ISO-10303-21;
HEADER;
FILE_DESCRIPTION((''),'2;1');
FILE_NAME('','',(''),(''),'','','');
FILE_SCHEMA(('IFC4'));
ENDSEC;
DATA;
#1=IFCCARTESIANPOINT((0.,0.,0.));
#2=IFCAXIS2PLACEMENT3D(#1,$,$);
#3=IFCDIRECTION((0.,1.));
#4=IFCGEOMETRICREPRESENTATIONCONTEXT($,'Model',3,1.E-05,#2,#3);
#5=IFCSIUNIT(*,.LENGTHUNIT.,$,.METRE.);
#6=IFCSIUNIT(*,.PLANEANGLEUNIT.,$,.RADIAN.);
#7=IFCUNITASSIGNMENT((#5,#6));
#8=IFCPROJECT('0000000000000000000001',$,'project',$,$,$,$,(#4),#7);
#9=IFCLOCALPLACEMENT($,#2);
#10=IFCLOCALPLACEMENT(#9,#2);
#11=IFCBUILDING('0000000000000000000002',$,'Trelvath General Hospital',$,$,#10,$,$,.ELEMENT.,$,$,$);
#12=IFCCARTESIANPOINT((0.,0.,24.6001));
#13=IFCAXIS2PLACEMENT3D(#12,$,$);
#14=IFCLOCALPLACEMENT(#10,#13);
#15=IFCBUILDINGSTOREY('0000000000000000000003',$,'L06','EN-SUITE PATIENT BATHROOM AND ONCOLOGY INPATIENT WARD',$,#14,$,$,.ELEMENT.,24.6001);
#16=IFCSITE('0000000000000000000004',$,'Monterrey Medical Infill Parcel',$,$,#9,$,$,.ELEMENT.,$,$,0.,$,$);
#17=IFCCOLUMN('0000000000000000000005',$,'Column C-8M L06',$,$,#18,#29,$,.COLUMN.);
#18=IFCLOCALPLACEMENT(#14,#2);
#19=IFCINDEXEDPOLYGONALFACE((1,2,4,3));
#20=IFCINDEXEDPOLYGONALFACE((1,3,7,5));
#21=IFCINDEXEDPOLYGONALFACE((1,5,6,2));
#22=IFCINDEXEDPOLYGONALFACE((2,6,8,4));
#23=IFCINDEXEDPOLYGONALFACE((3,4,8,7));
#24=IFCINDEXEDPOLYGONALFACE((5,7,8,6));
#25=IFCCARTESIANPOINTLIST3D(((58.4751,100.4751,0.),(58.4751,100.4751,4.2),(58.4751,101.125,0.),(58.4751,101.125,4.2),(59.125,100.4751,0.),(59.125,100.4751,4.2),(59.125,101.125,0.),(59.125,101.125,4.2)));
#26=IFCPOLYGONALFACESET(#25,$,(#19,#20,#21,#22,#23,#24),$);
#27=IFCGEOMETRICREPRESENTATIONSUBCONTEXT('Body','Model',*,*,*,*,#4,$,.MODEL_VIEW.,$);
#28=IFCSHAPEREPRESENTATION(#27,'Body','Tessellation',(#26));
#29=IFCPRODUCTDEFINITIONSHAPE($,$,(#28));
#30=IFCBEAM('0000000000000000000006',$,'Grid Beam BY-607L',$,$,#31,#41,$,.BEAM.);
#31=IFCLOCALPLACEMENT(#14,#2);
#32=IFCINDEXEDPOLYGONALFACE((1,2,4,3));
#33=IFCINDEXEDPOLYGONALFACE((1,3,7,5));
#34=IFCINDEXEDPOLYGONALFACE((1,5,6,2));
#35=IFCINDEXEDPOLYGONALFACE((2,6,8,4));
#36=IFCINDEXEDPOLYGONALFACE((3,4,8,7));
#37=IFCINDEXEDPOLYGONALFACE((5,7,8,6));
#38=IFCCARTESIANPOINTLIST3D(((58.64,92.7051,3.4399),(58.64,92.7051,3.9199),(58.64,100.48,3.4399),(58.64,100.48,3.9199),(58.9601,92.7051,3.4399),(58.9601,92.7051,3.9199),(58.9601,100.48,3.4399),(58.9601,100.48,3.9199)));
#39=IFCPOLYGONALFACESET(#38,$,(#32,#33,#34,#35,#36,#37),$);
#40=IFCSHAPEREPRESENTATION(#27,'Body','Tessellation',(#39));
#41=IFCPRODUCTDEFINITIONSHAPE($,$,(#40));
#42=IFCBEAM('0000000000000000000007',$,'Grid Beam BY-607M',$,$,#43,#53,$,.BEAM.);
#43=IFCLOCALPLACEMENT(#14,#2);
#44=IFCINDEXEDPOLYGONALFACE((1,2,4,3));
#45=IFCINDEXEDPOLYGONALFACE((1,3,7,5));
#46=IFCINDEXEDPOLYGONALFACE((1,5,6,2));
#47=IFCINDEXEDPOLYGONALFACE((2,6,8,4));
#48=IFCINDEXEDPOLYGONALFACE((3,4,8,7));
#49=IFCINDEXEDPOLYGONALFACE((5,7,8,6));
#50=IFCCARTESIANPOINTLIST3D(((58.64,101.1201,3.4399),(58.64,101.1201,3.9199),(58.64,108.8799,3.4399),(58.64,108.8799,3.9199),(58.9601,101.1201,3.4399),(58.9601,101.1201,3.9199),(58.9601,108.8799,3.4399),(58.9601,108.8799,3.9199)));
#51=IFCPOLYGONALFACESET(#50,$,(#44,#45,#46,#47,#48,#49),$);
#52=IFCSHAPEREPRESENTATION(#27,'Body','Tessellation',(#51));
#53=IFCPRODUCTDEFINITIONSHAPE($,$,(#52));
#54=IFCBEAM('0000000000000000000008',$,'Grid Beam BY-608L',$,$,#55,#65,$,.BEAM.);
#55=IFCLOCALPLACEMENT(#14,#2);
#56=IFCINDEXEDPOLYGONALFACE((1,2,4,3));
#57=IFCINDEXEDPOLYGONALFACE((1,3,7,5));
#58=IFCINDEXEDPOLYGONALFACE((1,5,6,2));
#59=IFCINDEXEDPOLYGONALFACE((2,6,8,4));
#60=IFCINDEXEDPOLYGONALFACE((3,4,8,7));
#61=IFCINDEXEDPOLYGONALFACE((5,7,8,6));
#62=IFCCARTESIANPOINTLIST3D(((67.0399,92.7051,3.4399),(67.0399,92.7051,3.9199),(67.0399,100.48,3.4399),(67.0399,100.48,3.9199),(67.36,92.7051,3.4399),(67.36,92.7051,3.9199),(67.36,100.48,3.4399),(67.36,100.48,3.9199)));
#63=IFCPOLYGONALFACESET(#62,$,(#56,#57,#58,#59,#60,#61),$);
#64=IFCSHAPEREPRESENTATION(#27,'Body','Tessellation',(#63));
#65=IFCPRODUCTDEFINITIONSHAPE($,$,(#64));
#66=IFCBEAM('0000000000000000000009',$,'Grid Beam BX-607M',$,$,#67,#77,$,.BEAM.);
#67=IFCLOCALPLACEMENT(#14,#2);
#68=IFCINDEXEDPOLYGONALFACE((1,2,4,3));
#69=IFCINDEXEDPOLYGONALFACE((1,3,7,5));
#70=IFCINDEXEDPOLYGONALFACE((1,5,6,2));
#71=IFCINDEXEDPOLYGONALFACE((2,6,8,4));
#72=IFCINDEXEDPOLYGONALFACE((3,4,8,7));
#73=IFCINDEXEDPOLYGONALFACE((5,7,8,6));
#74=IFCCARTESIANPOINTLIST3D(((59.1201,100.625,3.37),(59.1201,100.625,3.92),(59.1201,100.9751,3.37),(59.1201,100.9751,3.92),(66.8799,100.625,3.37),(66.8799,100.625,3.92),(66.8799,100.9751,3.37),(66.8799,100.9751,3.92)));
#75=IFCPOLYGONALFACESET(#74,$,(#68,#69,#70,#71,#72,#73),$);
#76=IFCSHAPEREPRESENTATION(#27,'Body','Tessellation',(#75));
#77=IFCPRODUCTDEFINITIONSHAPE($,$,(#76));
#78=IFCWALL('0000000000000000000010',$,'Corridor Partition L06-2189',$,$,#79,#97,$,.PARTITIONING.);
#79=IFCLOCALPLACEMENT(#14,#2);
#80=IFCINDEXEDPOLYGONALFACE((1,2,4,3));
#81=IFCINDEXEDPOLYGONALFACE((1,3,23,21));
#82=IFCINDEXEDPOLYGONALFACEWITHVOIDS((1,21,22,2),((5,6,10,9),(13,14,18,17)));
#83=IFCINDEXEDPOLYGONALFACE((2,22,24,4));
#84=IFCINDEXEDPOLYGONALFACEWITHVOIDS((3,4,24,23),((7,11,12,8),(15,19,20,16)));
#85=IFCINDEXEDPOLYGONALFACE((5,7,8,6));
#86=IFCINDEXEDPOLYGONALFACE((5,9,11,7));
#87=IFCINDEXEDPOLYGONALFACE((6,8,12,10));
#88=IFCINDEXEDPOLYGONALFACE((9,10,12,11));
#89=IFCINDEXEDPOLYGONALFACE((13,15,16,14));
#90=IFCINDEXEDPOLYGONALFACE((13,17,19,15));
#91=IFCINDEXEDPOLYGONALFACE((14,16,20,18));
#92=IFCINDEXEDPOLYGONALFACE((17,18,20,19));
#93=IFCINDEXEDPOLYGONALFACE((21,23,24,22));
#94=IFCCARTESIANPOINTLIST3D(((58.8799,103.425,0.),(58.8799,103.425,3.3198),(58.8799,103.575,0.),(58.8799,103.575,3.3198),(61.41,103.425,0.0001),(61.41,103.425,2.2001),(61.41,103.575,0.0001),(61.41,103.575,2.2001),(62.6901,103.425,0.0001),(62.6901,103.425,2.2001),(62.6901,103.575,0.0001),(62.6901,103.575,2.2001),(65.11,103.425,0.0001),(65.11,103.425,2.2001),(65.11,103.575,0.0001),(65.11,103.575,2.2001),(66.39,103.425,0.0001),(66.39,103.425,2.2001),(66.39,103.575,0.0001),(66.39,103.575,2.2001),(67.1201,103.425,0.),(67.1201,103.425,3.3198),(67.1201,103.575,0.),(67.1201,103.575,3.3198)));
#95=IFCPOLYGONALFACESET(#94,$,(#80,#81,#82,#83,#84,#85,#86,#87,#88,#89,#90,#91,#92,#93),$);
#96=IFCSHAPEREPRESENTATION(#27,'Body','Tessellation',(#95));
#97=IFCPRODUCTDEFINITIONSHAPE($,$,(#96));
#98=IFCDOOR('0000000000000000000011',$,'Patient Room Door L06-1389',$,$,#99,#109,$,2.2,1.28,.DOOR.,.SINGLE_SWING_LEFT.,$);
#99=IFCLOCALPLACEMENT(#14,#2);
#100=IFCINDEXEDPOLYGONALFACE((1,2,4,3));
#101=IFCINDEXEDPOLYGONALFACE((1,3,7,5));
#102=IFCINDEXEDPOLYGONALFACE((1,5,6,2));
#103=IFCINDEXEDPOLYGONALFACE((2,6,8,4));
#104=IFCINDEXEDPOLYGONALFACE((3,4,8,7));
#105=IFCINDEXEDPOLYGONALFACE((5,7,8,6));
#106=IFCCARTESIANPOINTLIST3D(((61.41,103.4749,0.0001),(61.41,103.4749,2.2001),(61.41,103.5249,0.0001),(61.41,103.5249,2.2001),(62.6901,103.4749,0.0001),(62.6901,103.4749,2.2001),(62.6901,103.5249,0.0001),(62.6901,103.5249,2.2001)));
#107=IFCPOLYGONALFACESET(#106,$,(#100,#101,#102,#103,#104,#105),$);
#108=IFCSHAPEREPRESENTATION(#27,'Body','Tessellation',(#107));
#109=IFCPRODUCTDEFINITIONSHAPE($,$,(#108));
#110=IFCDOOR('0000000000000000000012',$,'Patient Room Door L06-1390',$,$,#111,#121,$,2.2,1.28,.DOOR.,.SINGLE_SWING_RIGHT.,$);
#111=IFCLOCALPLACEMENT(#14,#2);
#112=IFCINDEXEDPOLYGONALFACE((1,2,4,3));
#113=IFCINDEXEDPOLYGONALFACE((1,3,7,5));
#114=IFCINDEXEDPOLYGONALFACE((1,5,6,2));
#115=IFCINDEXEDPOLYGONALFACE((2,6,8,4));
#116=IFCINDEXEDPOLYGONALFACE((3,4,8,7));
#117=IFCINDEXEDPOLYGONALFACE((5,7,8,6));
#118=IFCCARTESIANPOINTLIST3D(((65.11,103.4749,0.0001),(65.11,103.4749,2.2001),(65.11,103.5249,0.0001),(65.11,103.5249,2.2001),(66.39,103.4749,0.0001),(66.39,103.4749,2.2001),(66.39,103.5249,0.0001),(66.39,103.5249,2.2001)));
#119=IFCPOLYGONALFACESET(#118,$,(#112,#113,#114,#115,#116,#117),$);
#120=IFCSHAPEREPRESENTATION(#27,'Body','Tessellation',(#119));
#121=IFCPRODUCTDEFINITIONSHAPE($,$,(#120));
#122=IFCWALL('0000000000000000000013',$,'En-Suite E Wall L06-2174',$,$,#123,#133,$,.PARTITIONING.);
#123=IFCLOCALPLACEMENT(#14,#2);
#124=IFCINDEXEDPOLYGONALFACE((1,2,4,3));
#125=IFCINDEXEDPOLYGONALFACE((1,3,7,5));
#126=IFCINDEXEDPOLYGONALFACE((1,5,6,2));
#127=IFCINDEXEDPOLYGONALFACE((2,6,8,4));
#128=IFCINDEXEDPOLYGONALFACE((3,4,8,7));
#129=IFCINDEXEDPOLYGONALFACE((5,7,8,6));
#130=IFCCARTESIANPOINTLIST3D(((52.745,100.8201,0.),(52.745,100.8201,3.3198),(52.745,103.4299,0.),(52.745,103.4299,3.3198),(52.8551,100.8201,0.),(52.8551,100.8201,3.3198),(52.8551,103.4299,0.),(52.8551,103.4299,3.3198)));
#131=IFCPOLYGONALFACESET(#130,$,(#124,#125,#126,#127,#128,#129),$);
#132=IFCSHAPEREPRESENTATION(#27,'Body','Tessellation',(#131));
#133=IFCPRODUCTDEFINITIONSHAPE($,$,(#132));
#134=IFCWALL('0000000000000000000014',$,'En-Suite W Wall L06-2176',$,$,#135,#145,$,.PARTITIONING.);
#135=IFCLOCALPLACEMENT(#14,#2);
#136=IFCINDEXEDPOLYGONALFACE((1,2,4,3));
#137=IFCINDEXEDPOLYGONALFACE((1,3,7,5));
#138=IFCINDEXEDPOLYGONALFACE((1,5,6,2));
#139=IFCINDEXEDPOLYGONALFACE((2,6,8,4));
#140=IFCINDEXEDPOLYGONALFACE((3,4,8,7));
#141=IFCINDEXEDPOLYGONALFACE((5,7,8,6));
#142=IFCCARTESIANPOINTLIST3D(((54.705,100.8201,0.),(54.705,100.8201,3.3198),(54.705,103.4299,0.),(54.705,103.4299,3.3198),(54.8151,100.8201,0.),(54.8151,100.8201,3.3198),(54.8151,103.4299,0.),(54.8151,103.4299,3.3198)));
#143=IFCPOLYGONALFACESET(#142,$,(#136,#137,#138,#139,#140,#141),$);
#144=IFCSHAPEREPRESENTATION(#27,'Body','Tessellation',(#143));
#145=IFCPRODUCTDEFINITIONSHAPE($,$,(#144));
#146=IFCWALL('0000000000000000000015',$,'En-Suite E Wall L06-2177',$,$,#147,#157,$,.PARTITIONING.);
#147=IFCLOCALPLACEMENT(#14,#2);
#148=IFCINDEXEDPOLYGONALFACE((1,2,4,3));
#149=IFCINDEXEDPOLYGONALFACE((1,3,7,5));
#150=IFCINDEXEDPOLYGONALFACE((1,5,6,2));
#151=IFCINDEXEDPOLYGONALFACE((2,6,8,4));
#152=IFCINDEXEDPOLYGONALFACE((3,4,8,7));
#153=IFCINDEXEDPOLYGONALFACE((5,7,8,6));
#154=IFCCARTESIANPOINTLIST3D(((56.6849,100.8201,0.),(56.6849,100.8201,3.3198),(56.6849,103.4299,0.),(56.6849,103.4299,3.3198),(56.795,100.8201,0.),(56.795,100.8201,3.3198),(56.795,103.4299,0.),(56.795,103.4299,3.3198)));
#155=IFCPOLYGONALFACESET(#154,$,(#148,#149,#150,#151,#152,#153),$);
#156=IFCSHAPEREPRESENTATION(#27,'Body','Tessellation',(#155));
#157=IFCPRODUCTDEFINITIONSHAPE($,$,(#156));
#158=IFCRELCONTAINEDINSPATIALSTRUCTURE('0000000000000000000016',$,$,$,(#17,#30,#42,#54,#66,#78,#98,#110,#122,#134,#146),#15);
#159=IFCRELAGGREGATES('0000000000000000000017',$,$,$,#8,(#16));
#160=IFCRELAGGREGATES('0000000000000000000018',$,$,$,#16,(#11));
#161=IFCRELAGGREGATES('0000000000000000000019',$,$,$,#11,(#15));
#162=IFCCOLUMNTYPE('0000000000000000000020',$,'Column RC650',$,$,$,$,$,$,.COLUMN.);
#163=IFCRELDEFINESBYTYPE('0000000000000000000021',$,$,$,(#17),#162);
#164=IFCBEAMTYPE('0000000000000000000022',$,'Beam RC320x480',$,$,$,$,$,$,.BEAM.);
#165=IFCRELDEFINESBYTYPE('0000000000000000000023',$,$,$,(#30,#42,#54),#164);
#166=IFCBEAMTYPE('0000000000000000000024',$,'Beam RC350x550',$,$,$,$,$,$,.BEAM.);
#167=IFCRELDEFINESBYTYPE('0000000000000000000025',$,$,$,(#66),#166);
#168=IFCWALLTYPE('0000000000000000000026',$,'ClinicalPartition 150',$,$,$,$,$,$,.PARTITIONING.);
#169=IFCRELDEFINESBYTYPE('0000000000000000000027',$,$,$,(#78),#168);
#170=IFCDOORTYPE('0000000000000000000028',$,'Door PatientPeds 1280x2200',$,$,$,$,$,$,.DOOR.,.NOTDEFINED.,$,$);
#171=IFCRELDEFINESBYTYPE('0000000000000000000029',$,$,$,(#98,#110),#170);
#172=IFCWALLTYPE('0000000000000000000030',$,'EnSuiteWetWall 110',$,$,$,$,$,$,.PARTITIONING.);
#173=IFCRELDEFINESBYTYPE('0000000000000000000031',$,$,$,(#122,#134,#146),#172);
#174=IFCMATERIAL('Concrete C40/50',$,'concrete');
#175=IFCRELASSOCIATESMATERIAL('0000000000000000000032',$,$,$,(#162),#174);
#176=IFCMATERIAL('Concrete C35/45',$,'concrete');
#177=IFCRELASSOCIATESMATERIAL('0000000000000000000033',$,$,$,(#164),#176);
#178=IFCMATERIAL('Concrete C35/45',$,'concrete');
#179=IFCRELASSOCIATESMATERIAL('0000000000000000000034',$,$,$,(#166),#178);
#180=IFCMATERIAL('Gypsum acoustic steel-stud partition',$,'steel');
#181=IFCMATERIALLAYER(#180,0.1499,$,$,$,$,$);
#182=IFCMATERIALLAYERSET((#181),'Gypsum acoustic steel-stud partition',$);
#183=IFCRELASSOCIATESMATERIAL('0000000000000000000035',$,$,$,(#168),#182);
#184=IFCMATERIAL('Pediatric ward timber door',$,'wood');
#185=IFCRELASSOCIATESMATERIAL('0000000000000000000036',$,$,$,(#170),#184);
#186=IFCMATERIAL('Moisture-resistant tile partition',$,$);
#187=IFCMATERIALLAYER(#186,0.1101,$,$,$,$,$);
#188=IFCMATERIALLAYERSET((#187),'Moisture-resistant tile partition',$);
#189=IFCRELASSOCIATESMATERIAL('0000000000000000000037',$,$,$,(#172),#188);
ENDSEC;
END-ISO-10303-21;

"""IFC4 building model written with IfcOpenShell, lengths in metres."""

from ifc_helpers import new_model, si_unit, direction, frame, frame_2d, origin, origin_2d, place, context, subcontext, project, spatial, rectangle, extrude, material, layer, layer_set, material_profile, profile_set, type_object, element, fill, save


model = new_model("IFC4")

# Units and contexts
model_context = context("Model", 3, precision=1e-05, world=origin(), true_north=direction((0.0, 1.0)))
body_context = subcontext(model_context, "Body", "Model", "MODEL_VIEW")
ifc_project = project(units=[si_unit("LENGTHUNIT", "METRE"), si_unit("PLANEANGLEUNIT", "RADIAN")], contexts=[model_context])

# Site, building, storey
site_placement = place(None, origin())
site = spatial("IfcSite", under=ifc_project, at=site_placement, Name="Monterrey Medical Infill Parcel", CompositionType="ELEMENT", RefElevation=0.0)
building_placement = place(site_placement, origin())
building = spatial("IfcBuilding", under=site, at=building_placement, Name="Trelvath General Hospital", CompositionType="ELEMENT")
storey_placement = place(building_placement, frame((0.0, 0.0, 24.6001)))
storey = spatial("IfcBuildingStorey", under=building, at=storey_placement, Name="L06", Description="EN-SUITE PATIENT BATHROOM AND ONCOLOGY INPATIENT WARD", CompositionType="ELEMENT", Elevation=24.6001)

# Column
ifc_material_1 = material(Name="Concrete C40/50", Category="concrete")
ifc_material_profile_1 = material_profile(ifc_material_1, rectangle(XDim=0.6499, YDim=0.6499, at=origin_2d()), Name="RC650x650")
ifc_profile_set_1 = profile_set([ifc_material_profile_1], Name="Concrete C40/50")
column_type = type_object("IfcColumnType", Name="Column RC650", PredefinedType="COLUMN", material=ifc_profile_set_1)
column_placement = place(storey_placement, frame((58.8, 100.8, 0.0), z_axis=(0.0, 0.0, 1.0), x_axis=(1.0, 0.0, 0.0)))
element("IfcColumn", 1, at=column_placement, inside=storey, type_object=column_type, Name="Column C-8M L06", PredefinedType="COLUMN", context=body_context, shape_type="SweptSolid", body=[
    extrude(rectangle(XDim=0.6499, YDim=0.6499, at=origin_2d()), origin(), (0.0, 0.0, 1.0), 4.2),
])

# Beams
ifc_material_2 = material(Name="Concrete C35/45", Category="concrete")
ifc_material_profile_2 = material_profile(ifc_material_2, rectangle(XDim=0.3201, YDim=0.48, at=origin_2d()), Name="RCB320x480")
ifc_profile_set_2 = profile_set([ifc_material_profile_2], Name="Concrete C35/45")
beam_type_1 = type_object("IfcBeamType", Name="Beam RC320x480", PredefinedType="BEAM", material=ifc_profile_set_2)
beam_1_placement = place(storey_placement, frame((58.8, 92.7051, 3.6799), z_axis=(0.0, 1.0, 0.0), x_axis=(-1.0, 0.0, 0.0)))
element("IfcBeam", 2, at=beam_1_placement, inside=storey, type_object=beam_type_1, Name="Grid Beam BY-607L", PredefinedType="BEAM", context=body_context, shape_type="SweptSolid", body=[
    extrude(rectangle(XDim=0.3201, YDim=0.48, at=origin_2d()), origin(), (0.0, 0.0, 1.0), 7.7749),
])
beam_2_placement = place(storey_placement, frame((58.8, 101.1201, 3.6799), z_axis=(0.0, 1.0, 0.0), x_axis=(-1.0, 0.0, 0.0)))
element("IfcBeam", 3, at=beam_2_placement, inside=storey, type_object=beam_type_1, Name="Grid Beam BY-607M", PredefinedType="BEAM", context=body_context, shape_type="SweptSolid", body=[
    extrude(rectangle(XDim=0.3201, YDim=0.48, at=origin_2d()), origin(), (0.0, 0.0, 1.0), 7.7598),
])
beam_3_placement = place(storey_placement, frame((67.2, 92.7051, 3.6799), z_axis=(0.0, 1.0, 0.0), x_axis=(-1.0, 0.0, 0.0)))
element("IfcBeam", 4, at=beam_3_placement, inside=storey, type_object=beam_type_1, Name="Grid Beam BY-608L", PredefinedType="BEAM", context=body_context, shape_type="SweptSolid", body=[
    extrude(rectangle(XDim=0.3201, YDim=0.48, at=origin_2d()), origin(), (0.0, 0.0, 1.0), 7.7749),
])
ifc_material_3 = material(Name="Concrete C35/45", Category="concrete")
ifc_material_profile_3 = material_profile(ifc_material_3, rectangle(XDim=0.3501, YDim=0.55, at=origin_2d()), Name="RCB350x550")
ifc_profile_set_3 = profile_set([ifc_material_profile_3], Name="Concrete C35/45")
beam_type_2 = type_object("IfcBeamType", Name="Beam RC350x550", PredefinedType="BEAM", material=ifc_profile_set_3)
beam_4_placement = place(storey_placement, frame((59.1201, 100.8, 3.645), z_axis=(1.0, 0.0, 0.0), x_axis=(0.0, 1.0, 0.0)))
element("IfcBeam", 5, at=beam_4_placement, inside=storey, type_object=beam_type_2, Name="Grid Beam BX-607M", PredefinedType="BEAM", context=body_context, shape_type="SweptSolid", body=[
    extrude(rectangle(XDim=0.3501, YDim=0.55, at=origin_2d()), origin(), (0.0, 0.0, 1.0), 7.7598),
])

# Wall, openings, doors
ifc_material_4 = material(Name="Gypsum acoustic steel-stud partition", Category="steel")
ifc_layer_1 = layer(ifc_material_4, 0.1499)
ifc_layer_set_1 = layer_set([ifc_layer_1], Name="Gypsum acoustic steel-stud partition")
wall_type_1 = type_object("IfcWallType", Name="ClinicalPartition 150", PredefinedType="PARTITIONING", material=ifc_layer_set_1)
wall_1_placement = place(storey_placement, frame((58.8799, 103.5, 0.0), z_axis=(0.0, 0.0, 1.0), x_axis=(1.0, 0.0, 0.0)))
wall_1 = element("IfcWall", 6, at=wall_1_placement, inside=storey, type_object=wall_type_1, Name="Corridor Partition L06-2189", PredefinedType="PARTITIONING", context=body_context, shape_type="SweptSolid", body=[
    extrude(rectangle(XDim=8.2402, YDim=0.1499, at=frame_2d((4.1201, 0.0))), origin(), (0.0, 0.0, 1.0), 3.3198),
])
opening_1_placement = place(wall_1_placement, frame((2.53, 0.0, 0.0)))
opening_1 = element("IfcOpeningElement", 7, at=opening_1_placement, cuts=wall_1, PredefinedType="OPENING", context=body_context, shape_type="SweptSolid", body=[
    extrude(rectangle(XDim=1.28, YDim=2.2, at=frame_2d((0.6401, 1.1001))), frame((0.0, 0.085, 0.0), z_axis=(0.0, -1.0, 0.0), x_axis=(1.0, 0.0, 0.0)), (0.0, 0.0, 1.0), 0.1699),
])
opening_2_placement = place(wall_1_placement, frame((6.23, 0.0, 0.0)))
opening_2 = element("IfcOpeningElement", 8, at=opening_2_placement, cuts=wall_1, PredefinedType="OPENING", context=body_context, shape_type="SweptSolid", body=[
    extrude(rectangle(XDim=1.28, YDim=2.2, at=frame_2d((0.6401, 1.1001))), frame((0.0, 0.085, 0.0), z_axis=(0.0, -1.0, 0.0), x_axis=(1.0, 0.0, 0.0)), (0.0, 0.0, 1.0), 0.1699),
])
ifc_material_5 = material(Name="Pediatric ward timber door", Category="wood")
door_type_1 = type_object("IfcDoorType", Name="Door PatientPeds 1280x2200", OperationType="NOTDEFINED", PredefinedType="DOOR", material=ifc_material_5)
door_1_placement = place(opening_1_placement, origin())
door_1 = element("IfcDoor", 9, at=door_1_placement, inside=storey, type_object=door_type_1, Name="Patient Room Door L06-1389", OperationType="SINGLE_SWING_LEFT", OverallHeight=2.2, OverallWidth=1.28, PredefinedType="DOOR", context=body_context, shape_type="SweptSolid", body=[
    extrude(rectangle(XDim=1.28, YDim=2.2, at=frame_2d((0.6401, 1.1001))), frame((0.0, 0.0249, 0.0), z_axis=(0.0, -1.0, 0.0), x_axis=(1.0, 0.0, 0.0)), (0.0, 0.0, 1.0), 0.05),
])
fill(opening_1, door_1)
door_2_placement = place(opening_2_placement, origin())
door_2 = element("IfcDoor", 10, at=door_2_placement, inside=storey, type_object=door_type_1, Name="Patient Room Door L06-1390", OperationType="SINGLE_SWING_RIGHT", OverallHeight=2.2, OverallWidth=1.28, PredefinedType="DOOR", context=body_context, shape_type="SweptSolid", body=[
    extrude(rectangle(XDim=1.28, YDim=2.2, at=frame_2d((0.6401, 1.1001))), frame((0.0, 0.0249, 0.0), z_axis=(0.0, -1.0, 0.0), x_axis=(1.0, 0.0, 0.0)), (0.0, 0.0, 1.0), 0.05),
])
fill(opening_2, door_2)

# Walls
ifc_material_6 = material(Name="Moisture-resistant tile partition")
ifc_layer_2 = layer(ifc_material_6, 0.1101)
ifc_layer_set_2 = layer_set([ifc_layer_2], Name="Moisture-resistant tile partition")
wall_type_2 = type_object("IfcWallType", Name="EnSuiteWetWall 110", PredefinedType="PARTITIONING", material=ifc_layer_set_2)
for number, where, z_axis, x_axis, name in (
    (11, (52.8, 100.8201, 0.0), (0.0, 0.0, 1.0), (0.0, 1.0, 0.0), "En-Suite E Wall L06-2174"),
    (12, (54.76, 100.8201, 0.0), (0.0, 0.0, 1.0), (0.0, 1.0, 0.0), "En-Suite W Wall L06-2176"),
    (13, (56.74, 100.8201, 0.0), (0.0, 0.0, 1.0), (0.0, 1.0, 0.0), "En-Suite E Wall L06-2177"),
):
    element("IfcWall", number, at=place(storey_placement, frame(where, z_axis=z_axis, x_axis=x_axis)), inside=storey, type_object=wall_type_2, Name=name, PredefinedType="PARTITIONING", context=body_context, shape_type="SweptSolid", body=[
        extrude(rectangle(XDim=2.6099, YDim=0.1101, at=frame_2d((1.3049, 0.0))), origin(), (0.0, 0.0, 1.0), 3.3198),
    ])

save(model, "model.ifc")
